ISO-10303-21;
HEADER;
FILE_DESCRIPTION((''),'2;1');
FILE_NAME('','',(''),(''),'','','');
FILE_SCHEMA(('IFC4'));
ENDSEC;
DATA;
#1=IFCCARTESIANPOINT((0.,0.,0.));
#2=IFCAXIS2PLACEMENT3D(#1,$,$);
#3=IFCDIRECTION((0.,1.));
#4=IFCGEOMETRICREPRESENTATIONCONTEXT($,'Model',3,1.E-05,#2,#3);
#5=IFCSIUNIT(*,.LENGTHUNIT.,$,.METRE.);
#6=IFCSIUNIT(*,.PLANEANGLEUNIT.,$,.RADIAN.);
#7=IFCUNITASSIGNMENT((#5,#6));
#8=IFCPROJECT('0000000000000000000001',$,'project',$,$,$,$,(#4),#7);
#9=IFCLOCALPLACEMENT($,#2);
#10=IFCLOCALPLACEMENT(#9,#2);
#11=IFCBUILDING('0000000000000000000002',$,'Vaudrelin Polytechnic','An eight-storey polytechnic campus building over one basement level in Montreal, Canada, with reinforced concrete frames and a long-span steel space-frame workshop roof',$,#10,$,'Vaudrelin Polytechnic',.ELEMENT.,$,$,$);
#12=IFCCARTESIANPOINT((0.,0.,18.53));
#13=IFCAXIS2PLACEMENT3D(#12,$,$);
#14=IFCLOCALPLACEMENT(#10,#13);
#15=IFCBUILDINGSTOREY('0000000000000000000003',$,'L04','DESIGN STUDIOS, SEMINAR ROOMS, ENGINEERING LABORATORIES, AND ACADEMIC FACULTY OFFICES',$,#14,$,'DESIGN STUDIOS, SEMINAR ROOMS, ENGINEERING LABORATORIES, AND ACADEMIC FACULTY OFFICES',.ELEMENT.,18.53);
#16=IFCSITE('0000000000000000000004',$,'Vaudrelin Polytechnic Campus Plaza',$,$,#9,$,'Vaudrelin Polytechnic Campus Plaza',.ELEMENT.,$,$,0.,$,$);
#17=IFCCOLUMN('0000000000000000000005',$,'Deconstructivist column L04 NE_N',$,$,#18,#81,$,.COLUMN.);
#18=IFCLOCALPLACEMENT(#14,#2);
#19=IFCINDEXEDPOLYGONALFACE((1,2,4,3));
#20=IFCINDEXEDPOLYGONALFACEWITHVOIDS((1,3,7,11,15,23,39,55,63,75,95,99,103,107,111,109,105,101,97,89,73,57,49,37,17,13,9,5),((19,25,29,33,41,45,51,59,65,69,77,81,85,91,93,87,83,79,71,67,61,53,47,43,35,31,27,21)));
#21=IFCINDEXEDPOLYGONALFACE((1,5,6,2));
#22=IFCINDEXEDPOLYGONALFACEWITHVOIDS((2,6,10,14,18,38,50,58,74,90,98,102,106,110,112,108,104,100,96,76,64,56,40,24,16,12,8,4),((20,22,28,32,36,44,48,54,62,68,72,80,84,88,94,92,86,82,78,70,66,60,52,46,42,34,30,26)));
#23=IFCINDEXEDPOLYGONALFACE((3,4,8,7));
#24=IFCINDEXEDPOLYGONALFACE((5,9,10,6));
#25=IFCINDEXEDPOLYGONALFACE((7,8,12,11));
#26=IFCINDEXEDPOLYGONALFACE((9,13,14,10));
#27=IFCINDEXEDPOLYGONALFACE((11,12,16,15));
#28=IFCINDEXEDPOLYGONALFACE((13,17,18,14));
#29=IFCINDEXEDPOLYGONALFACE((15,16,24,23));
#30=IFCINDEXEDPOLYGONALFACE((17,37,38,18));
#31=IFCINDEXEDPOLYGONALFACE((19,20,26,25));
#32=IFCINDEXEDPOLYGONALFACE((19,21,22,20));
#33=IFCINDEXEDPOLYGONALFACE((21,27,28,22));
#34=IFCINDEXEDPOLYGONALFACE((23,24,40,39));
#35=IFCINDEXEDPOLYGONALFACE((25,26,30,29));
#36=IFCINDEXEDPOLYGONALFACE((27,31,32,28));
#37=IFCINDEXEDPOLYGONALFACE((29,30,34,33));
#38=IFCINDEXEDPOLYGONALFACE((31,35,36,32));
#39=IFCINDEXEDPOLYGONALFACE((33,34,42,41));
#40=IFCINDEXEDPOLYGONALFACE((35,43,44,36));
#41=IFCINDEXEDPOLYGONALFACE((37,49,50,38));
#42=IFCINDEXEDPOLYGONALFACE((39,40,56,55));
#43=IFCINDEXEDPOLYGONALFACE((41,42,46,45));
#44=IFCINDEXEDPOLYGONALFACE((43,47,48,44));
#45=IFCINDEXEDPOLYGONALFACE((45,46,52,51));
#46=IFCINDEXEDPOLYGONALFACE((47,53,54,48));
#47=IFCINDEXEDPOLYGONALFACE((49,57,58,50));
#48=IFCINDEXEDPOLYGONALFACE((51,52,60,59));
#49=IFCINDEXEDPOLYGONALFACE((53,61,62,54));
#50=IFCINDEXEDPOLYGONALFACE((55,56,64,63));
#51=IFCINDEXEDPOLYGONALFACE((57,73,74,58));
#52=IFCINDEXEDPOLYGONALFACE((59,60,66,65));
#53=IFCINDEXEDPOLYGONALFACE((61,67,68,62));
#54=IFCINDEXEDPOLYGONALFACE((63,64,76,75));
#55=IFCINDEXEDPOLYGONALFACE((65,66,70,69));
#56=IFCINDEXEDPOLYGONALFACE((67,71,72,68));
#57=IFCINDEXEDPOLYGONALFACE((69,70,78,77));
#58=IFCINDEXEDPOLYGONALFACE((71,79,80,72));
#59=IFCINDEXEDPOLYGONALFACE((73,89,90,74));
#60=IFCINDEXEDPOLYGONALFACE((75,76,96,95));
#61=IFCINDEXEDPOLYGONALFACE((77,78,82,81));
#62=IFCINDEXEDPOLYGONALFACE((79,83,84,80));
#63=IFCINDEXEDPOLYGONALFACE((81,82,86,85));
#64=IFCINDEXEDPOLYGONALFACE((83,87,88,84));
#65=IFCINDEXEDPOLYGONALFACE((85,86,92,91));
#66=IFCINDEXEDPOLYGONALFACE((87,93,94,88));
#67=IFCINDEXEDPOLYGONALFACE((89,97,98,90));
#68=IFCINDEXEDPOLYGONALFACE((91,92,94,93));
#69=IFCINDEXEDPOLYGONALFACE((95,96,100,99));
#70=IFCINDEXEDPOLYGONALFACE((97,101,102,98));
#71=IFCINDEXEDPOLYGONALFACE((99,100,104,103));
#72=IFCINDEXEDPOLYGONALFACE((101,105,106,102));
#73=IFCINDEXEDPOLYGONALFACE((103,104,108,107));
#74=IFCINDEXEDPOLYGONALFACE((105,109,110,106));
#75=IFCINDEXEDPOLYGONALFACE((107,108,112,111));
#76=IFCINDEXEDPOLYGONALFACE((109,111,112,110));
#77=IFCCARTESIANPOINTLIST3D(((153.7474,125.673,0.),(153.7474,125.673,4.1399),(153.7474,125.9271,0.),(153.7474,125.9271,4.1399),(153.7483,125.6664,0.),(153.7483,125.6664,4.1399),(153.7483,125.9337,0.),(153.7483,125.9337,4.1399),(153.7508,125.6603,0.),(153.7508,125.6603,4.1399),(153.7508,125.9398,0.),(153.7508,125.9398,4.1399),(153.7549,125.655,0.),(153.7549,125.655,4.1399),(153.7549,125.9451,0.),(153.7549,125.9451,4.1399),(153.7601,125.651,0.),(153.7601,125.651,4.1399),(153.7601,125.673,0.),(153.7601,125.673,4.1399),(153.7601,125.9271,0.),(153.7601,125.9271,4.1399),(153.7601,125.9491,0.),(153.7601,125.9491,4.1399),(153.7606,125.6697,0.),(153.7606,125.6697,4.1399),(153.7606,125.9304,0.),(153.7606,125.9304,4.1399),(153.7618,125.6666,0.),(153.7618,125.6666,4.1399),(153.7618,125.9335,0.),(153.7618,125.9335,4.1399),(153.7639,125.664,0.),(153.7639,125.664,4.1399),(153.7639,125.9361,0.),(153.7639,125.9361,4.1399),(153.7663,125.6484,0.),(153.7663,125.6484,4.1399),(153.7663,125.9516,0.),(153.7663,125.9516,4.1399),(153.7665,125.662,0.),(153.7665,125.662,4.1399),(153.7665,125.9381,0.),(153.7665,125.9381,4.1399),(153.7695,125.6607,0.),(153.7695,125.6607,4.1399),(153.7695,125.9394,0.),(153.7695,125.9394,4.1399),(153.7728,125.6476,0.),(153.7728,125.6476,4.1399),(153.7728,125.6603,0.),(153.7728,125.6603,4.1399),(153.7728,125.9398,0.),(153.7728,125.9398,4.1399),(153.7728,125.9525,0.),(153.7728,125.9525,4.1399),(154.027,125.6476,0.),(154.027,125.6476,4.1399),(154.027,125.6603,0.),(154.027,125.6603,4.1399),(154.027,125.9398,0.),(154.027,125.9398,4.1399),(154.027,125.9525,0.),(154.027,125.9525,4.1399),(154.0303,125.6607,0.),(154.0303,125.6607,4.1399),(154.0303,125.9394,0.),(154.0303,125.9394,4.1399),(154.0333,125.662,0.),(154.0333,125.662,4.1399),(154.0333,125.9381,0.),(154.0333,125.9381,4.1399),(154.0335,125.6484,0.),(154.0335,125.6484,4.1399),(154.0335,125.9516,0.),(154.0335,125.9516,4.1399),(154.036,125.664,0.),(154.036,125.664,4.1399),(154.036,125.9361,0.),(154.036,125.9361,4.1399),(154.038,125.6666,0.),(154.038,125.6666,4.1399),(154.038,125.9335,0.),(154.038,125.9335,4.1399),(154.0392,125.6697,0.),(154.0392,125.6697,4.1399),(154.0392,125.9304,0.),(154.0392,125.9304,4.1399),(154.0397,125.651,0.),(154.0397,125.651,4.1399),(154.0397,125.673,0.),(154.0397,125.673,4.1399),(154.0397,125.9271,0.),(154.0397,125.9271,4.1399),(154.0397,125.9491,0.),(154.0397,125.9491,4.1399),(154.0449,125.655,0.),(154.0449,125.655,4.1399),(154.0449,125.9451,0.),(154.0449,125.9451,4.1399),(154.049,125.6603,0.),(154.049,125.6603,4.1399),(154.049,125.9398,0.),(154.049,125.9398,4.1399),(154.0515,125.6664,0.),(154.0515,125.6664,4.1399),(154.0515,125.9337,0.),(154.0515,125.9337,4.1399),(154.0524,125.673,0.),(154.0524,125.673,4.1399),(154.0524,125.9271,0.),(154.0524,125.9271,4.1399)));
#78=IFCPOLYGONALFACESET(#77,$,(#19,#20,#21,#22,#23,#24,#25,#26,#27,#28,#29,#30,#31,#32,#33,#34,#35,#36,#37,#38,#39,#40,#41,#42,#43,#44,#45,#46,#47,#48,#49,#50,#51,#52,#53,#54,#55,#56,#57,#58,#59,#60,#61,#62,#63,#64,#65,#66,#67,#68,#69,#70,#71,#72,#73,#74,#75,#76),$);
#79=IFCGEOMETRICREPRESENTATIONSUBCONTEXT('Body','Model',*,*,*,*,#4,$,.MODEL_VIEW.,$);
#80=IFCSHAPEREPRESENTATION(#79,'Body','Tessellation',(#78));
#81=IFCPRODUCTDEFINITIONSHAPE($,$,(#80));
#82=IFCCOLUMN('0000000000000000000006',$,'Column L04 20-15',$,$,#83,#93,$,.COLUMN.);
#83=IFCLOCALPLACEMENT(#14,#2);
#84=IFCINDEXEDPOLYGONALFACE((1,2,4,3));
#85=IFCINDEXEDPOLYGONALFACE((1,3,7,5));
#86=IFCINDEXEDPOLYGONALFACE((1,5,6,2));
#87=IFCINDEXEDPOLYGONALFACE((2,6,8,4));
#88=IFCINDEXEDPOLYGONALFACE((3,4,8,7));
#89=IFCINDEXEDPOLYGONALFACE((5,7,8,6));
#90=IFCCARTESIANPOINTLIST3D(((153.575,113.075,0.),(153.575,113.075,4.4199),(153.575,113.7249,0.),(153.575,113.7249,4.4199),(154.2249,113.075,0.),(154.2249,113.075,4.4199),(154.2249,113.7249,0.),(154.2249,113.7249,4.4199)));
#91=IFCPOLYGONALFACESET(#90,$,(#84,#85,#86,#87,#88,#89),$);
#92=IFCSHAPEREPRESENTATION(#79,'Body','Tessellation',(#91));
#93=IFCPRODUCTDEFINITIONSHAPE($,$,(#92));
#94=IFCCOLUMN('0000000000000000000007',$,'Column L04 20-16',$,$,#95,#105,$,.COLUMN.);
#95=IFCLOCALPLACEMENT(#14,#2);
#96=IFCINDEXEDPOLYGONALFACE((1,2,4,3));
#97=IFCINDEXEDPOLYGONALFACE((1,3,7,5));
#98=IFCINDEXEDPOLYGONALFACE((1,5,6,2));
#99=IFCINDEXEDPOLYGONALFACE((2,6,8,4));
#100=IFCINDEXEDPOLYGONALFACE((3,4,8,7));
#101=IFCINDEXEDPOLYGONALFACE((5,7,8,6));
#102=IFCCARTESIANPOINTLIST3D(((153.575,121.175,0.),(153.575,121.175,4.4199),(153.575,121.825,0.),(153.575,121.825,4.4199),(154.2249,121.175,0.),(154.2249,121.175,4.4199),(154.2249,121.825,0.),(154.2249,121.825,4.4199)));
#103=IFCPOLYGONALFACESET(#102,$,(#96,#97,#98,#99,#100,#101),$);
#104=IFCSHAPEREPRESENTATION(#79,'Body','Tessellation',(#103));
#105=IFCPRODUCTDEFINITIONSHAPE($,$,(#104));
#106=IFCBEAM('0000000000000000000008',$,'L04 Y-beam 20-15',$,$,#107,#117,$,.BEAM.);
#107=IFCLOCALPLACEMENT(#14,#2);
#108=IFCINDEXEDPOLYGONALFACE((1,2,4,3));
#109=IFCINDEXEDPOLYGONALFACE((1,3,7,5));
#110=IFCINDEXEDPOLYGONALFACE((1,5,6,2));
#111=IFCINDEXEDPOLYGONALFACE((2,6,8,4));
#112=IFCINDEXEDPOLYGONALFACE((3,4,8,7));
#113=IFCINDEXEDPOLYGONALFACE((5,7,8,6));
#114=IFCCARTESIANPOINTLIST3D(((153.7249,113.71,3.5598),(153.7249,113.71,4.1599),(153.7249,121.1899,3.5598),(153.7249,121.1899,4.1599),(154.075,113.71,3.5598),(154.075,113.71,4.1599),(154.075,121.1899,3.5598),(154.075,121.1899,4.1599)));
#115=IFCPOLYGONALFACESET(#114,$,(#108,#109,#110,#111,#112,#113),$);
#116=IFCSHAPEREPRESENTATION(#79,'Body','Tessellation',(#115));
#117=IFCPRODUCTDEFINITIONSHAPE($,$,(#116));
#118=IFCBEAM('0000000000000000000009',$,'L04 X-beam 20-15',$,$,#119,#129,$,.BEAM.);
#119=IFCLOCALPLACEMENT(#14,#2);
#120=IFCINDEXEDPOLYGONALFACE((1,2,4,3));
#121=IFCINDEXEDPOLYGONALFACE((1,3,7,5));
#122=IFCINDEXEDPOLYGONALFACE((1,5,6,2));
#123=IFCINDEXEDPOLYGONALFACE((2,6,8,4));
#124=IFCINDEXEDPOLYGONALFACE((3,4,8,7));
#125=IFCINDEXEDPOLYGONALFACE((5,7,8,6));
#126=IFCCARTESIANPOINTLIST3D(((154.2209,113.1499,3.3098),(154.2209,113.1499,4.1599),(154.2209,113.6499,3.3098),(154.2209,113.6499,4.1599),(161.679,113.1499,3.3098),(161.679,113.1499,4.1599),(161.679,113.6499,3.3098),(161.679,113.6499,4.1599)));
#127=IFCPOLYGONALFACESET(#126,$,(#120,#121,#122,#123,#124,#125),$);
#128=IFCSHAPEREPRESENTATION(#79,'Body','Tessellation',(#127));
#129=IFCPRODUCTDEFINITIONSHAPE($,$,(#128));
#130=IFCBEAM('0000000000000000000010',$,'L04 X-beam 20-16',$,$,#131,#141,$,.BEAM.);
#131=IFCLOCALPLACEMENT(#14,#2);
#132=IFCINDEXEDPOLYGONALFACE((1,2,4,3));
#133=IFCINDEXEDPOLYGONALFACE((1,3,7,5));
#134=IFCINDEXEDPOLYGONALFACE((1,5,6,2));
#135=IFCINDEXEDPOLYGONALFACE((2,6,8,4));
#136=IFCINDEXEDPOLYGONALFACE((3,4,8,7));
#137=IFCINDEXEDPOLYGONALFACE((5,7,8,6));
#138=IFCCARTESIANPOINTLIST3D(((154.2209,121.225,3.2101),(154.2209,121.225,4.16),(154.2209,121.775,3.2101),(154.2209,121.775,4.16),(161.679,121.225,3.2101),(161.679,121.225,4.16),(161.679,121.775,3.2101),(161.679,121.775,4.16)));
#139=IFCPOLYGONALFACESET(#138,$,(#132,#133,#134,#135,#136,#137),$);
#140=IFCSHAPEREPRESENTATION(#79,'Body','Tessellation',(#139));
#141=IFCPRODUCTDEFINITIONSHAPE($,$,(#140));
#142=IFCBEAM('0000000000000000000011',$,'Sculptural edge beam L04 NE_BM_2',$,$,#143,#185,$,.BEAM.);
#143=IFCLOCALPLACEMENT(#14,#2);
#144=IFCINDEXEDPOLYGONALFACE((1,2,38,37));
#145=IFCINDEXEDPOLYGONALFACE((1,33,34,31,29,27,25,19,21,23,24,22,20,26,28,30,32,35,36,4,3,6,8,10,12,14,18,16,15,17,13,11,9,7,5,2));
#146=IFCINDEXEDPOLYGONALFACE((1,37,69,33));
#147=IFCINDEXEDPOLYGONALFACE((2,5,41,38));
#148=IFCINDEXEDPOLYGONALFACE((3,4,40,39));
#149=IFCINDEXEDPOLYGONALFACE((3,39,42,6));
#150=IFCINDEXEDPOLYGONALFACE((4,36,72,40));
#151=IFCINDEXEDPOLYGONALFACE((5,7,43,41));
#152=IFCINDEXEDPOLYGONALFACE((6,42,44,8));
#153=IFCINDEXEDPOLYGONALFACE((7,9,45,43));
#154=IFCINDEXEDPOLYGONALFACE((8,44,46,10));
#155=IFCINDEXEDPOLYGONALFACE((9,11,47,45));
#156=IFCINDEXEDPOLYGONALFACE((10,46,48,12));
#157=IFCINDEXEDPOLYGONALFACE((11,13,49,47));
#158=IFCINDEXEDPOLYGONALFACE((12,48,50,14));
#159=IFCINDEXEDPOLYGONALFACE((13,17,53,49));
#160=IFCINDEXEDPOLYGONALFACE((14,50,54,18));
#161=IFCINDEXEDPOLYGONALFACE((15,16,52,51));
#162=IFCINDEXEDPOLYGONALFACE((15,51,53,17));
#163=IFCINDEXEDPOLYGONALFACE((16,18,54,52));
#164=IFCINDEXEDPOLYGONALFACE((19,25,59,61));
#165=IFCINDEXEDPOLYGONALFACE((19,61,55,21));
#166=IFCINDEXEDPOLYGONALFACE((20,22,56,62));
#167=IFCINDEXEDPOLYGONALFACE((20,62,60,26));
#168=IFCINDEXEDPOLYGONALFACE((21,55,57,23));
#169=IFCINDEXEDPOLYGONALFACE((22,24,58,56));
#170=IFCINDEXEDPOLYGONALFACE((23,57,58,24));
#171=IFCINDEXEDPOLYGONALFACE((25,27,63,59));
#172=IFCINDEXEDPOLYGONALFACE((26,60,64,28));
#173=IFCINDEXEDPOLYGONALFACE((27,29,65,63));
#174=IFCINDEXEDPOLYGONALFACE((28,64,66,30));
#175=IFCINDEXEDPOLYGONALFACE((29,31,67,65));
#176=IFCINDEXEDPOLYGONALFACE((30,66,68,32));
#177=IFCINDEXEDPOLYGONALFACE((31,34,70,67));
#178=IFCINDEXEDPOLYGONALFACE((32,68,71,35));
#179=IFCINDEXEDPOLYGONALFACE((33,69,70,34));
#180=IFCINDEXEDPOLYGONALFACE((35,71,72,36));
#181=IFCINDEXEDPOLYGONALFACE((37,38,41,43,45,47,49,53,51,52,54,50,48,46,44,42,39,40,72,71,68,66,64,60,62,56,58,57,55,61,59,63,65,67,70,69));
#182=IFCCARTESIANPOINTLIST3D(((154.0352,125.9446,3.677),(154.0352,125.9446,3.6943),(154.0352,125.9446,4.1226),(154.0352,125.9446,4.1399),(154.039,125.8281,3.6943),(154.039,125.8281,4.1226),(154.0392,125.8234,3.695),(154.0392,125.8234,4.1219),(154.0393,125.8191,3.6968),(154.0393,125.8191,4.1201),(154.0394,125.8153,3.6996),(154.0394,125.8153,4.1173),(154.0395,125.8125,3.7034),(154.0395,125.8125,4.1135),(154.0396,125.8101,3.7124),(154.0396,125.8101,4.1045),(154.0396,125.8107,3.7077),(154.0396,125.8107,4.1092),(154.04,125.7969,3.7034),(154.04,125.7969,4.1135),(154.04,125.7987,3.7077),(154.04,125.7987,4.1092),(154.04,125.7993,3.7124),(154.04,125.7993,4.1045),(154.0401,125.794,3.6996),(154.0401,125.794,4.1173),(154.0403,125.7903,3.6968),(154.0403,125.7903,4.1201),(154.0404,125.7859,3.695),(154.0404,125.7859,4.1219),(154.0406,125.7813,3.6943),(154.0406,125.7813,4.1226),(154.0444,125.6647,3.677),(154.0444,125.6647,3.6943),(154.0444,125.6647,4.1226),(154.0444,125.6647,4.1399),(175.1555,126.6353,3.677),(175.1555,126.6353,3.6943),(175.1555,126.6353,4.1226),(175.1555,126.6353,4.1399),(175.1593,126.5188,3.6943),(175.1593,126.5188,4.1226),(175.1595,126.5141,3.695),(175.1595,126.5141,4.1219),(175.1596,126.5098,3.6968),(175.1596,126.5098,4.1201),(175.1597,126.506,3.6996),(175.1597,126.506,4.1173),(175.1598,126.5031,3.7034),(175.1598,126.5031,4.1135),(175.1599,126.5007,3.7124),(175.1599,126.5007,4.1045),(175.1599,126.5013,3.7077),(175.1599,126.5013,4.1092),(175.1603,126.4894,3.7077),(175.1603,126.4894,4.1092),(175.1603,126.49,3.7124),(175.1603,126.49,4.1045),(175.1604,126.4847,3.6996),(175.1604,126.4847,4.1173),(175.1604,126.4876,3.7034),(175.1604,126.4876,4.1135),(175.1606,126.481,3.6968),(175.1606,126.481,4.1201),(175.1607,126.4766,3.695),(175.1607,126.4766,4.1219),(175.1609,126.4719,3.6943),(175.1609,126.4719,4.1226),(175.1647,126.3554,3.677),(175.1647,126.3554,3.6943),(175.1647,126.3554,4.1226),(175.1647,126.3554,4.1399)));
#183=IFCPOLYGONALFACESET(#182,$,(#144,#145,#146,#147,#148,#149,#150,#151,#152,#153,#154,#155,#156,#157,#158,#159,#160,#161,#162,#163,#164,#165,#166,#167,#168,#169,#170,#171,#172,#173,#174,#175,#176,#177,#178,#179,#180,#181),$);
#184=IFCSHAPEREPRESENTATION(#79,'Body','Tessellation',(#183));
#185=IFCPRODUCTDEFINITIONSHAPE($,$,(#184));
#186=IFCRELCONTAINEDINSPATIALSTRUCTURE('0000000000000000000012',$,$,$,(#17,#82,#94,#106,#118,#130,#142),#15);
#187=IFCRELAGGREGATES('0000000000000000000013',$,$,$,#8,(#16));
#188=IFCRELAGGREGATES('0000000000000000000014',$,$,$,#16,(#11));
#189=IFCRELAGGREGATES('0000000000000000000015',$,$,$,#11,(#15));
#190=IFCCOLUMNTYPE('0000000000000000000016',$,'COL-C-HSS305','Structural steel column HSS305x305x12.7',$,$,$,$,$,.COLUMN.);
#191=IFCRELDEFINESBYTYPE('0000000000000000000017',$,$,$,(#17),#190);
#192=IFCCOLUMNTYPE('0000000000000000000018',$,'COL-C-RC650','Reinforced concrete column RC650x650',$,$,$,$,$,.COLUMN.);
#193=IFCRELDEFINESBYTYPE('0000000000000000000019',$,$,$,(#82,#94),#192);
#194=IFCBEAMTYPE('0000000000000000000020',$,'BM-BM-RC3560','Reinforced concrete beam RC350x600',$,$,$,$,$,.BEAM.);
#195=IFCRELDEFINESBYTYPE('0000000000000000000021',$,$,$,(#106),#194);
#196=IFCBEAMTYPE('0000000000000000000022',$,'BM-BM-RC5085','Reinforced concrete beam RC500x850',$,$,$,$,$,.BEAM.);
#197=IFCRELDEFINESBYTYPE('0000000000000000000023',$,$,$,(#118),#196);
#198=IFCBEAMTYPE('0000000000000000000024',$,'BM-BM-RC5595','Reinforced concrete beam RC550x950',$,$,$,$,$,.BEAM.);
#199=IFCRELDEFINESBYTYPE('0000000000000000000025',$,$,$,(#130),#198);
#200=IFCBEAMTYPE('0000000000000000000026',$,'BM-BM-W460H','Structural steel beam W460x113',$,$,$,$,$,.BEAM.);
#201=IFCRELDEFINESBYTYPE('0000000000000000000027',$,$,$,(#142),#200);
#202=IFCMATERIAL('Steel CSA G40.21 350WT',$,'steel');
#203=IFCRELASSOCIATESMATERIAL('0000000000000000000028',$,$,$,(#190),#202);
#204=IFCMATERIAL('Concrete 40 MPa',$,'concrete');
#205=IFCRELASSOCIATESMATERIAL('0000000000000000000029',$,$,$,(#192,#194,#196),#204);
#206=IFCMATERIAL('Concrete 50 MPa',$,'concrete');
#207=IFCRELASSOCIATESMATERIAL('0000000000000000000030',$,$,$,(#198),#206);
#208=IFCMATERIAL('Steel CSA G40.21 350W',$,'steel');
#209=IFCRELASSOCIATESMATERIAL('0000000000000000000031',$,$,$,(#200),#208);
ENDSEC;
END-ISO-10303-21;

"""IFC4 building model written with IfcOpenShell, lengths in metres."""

from ifc_helpers import new_model, si_unit, direction, frame, origin, origin_2d, place, context, subcontext, project, spatial, rectangle, hollow_rectangle, i_section, extrude, material, material_profile, profile_set, type_object, element, save


model = new_model("IFC4")

# Units and contexts
model_context = context("Model", 3, precision=1e-05, world=origin(), true_north=direction((0.0, 1.0)))
body_context = subcontext(model_context, "Body", "Model", "MODEL_VIEW")
ifc_project = project(units=[si_unit("LENGTHUNIT", "METRE"), si_unit("PLANEANGLEUNIT", "RADIAN")], contexts=[model_context])

# Site, building, storey
site_placement = place(None, origin())
site = spatial("IfcSite", under=ifc_project, at=site_placement, Name="Vaudrelin Polytechnic Campus Plaza", LongName="Vaudrelin Polytechnic Campus Plaza", CompositionType="ELEMENT", RefElevation=0.0)
building_placement = place(site_placement, origin())
building = spatial("IfcBuilding", under=site, at=building_placement, Name="Vaudrelin Polytechnic", Description="An eight-storey polytechnic campus building over one basement level in Montreal, Canada, with reinforced concrete frames and a long-span steel space-frame workshop roof", LongName="Vaudrelin Polytechnic", CompositionType="ELEMENT")
storey_placement = place(building_placement, frame((0.0, 0.0, 18.53)))
storey = spatial("IfcBuildingStorey", under=building, at=storey_placement, Name="L04", Description="DESIGN STUDIOS, SEMINAR ROOMS, ENGINEERING LABORATORIES, AND ACADEMIC FACULTY OFFICES", LongName="DESIGN STUDIOS, SEMINAR ROOMS, ENGINEERING LABORATORIES, AND ACADEMIC FACULTY OFFICES", CompositionType="ELEMENT", Elevation=18.53)

# Columns
ifc_material_1 = material(Name="Steel CSA G40.21 350WT", Category="steel")
ifc_material_profile_1 = material_profile(ifc_material_1, hollow_rectangle(XDim=0.3049, YDim=0.3049, WallThickness=0.0127, InnerFilletRadius=0.0127, OuterFilletRadius=0.0254, at=origin_2d()), Name="HSS305x305x12.7")
ifc_profile_set_1 = profile_set([ifc_material_profile_1], Name="Steel CSA G40.21 350WT")
column_type_1 = type_object("IfcColumnType", Name="COL-C-HSS305", Description="Structural steel column HSS305x305x12.7", PredefinedType="COLUMN", material=ifc_profile_set_1)
column_placement = place(storey_placement, frame((153.8999, 125.8, 0.0), z_axis=(0.0, 0.0, 1.0), x_axis=(1.0, 0.0, 0.0)))
element("IfcColumn", 1, at=column_placement, inside=storey, type_object=column_type_1, Name="Deconstructivist column L04 NE_N", PredefinedType="COLUMN", context=body_context, shape_type="SweptSolid", body=[
    extrude(hollow_rectangle(XDim=0.3049, YDim=0.3049, WallThickness=0.0127, InnerFilletRadius=0.0127, OuterFilletRadius=0.0254, at=origin_2d()), origin(), (0.0, 0.0, 1.0), 4.1399),
])
ifc_material_2 = material(Name="Concrete 40 MPa", Category="concrete")
ifc_material_profile_2 = material_profile(ifc_material_2, rectangle(XDim=0.6499, YDim=0.6499, at=origin_2d()), Name="RC650x650")
ifc_profile_set_2 = profile_set([ifc_material_profile_2], Name="Concrete 40 MPa")
column_type_2 = type_object("IfcColumnType", Name="COL-C-RC650", Description="Reinforced concrete column RC650x650", PredefinedType="COLUMN", material=ifc_profile_set_2)
for number, where, z_axis, x_axis, name in (
    (2, (153.8999, 113.3999, 0.0), (0.0, 0.0, 1.0), (1.0, 0.0, 0.0), "Column L04 20-15"),
    (3, (153.8999, 121.5, 0.0), (0.0, 0.0, 1.0), (1.0, 0.0, 0.0), "Column L04 20-16"),
):
    element("IfcColumn", number, at=place(storey_placement, frame(where, z_axis=z_axis, x_axis=x_axis)), inside=storey, type_object=column_type_2, Name=name, PredefinedType="COLUMN", context=body_context, shape_type="SweptSolid", body=[
        extrude(rectangle(XDim=0.6499, YDim=0.6499, at=origin_2d()), origin(), (0.0, 0.0, 1.0), 4.4199),
    ])

# Beams
ifc_material_profile_3 = material_profile(ifc_material_2, rectangle(XDim=0.3501, YDim=0.6001, at=origin_2d()), Name="RC350x600")
ifc_profile_set_3 = profile_set([ifc_material_profile_3], Name="Concrete 40 MPa")
beam_type_1 = type_object("IfcBeamType", Name="BM-BM-RC3560", Description="Reinforced concrete beam RC350x600", PredefinedType="BEAM", material=ifc_profile_set_3)
beam_1_placement = place(storey_placement, frame((153.8999, 113.71, 3.8599), z_axis=(0.0, 1.0, 0.0), x_axis=(-1.0, 0.0, 0.0)))
element("IfcBeam", 4, at=beam_1_placement, inside=storey, type_object=beam_type_1, Name="L04 Y-beam 20-15", PredefinedType="BEAM", context=body_context, shape_type="SweptSolid", body=[
    extrude(rectangle(XDim=0.3501, YDim=0.6001, at=origin_2d()), origin(), (0.0, 0.0, 1.0), 7.48),
])
ifc_material_profile_4 = material_profile(ifc_material_2, rectangle(XDim=0.5, YDim=0.8501, at=origin_2d()), Name="RC500x850")
ifc_profile_set_4 = profile_set([ifc_material_profile_4], Name="Concrete 40 MPa")
beam_type_2 = type_object("IfcBeamType", Name="BM-BM-RC5085", Description="Reinforced concrete beam RC500x850", PredefinedType="BEAM", material=ifc_profile_set_4)
beam_2_placement = place(storey_placement, frame((154.2209, 113.3999, 3.7349), z_axis=(1.0, 0.0, 0.0), x_axis=(0.0, 1.0, 0.0)))
element("IfcBeam", 5, at=beam_2_placement, inside=storey, type_object=beam_type_2, Name="L04 X-beam 20-15", PredefinedType="BEAM", context=body_context, shape_type="SweptSolid", body=[
    extrude(rectangle(XDim=0.5, YDim=0.8501, at=origin_2d()), origin(), (0.0, 0.0, 1.0), 7.458),
])
ifc_material_3 = material(Name="Concrete 50 MPa", Category="concrete")
ifc_material_profile_5 = material_profile(ifc_material_3, rectangle(XDim=0.55, YDim=0.95, at=origin_2d()), Name="RC550x950")
ifc_profile_set_5 = profile_set([ifc_material_profile_5], Name="Concrete 50 MPa")
beam_type_3 = type_object("IfcBeamType", Name="BM-BM-RC5595", Description="Reinforced concrete beam RC550x950", PredefinedType="BEAM", material=ifc_profile_set_5)
beam_3_placement = place(storey_placement, frame((154.2209, 121.5, 3.6851), z_axis=(1.0, 0.0, 0.0), x_axis=(0.0, 1.0, 0.0)))
element("IfcBeam", 6, at=beam_3_placement, inside=storey, type_object=beam_type_3, Name="L04 X-beam 20-16", PredefinedType="BEAM", context=body_context, shape_type="SweptSolid", body=[
    extrude(rectangle(XDim=0.55, YDim=0.95, at=origin_2d()), origin(), (0.0, 0.0, 1.0), 7.458),
])
ifc_material_4 = material(Name="Steel CSA G40.21 350W", Category="steel")
ifc_material_profile_6 = material_profile(ifc_material_4, i_section(OverallWidth=0.28, OverallDepth=0.4629, WebThickness=0.0107, FlangeThickness=0.0173, FilletRadius=0.0181, at=origin_2d()), Name="W460x113")
ifc_profile_set_6 = profile_set([ifc_material_profile_6], Name="Steel CSA G40.21 350W")
beam_type_4 = type_object("IfcBeamType", Name="BM-BM-W460H", Description="Structural steel beam W460x113", PredefinedType="BEAM", material=ifc_profile_set_6)
beam_4_placement = place(storey_placement, frame((154.0398, 125.8047, 3.9084), z_axis=(0.999466, 0.032684, 0.0), x_axis=(-0.032684, 0.999466, 0.0)))
element("IfcBeam", 7, at=beam_4_placement, inside=storey, type_object=beam_type_4, Name="Sculptural edge beam L04 NE_BM_2", PredefinedType="BEAM", context=body_context, shape_type="SweptSolid", body=[
    extrude(i_section(OverallWidth=0.28, OverallDepth=0.4629, WebThickness=0.0107, FlangeThickness=0.0173, FilletRadius=0.0181, at=origin_2d()), origin(), (0.0, 0.0, 1.0), 21.1316),
])

save(model, "model.ifc")
